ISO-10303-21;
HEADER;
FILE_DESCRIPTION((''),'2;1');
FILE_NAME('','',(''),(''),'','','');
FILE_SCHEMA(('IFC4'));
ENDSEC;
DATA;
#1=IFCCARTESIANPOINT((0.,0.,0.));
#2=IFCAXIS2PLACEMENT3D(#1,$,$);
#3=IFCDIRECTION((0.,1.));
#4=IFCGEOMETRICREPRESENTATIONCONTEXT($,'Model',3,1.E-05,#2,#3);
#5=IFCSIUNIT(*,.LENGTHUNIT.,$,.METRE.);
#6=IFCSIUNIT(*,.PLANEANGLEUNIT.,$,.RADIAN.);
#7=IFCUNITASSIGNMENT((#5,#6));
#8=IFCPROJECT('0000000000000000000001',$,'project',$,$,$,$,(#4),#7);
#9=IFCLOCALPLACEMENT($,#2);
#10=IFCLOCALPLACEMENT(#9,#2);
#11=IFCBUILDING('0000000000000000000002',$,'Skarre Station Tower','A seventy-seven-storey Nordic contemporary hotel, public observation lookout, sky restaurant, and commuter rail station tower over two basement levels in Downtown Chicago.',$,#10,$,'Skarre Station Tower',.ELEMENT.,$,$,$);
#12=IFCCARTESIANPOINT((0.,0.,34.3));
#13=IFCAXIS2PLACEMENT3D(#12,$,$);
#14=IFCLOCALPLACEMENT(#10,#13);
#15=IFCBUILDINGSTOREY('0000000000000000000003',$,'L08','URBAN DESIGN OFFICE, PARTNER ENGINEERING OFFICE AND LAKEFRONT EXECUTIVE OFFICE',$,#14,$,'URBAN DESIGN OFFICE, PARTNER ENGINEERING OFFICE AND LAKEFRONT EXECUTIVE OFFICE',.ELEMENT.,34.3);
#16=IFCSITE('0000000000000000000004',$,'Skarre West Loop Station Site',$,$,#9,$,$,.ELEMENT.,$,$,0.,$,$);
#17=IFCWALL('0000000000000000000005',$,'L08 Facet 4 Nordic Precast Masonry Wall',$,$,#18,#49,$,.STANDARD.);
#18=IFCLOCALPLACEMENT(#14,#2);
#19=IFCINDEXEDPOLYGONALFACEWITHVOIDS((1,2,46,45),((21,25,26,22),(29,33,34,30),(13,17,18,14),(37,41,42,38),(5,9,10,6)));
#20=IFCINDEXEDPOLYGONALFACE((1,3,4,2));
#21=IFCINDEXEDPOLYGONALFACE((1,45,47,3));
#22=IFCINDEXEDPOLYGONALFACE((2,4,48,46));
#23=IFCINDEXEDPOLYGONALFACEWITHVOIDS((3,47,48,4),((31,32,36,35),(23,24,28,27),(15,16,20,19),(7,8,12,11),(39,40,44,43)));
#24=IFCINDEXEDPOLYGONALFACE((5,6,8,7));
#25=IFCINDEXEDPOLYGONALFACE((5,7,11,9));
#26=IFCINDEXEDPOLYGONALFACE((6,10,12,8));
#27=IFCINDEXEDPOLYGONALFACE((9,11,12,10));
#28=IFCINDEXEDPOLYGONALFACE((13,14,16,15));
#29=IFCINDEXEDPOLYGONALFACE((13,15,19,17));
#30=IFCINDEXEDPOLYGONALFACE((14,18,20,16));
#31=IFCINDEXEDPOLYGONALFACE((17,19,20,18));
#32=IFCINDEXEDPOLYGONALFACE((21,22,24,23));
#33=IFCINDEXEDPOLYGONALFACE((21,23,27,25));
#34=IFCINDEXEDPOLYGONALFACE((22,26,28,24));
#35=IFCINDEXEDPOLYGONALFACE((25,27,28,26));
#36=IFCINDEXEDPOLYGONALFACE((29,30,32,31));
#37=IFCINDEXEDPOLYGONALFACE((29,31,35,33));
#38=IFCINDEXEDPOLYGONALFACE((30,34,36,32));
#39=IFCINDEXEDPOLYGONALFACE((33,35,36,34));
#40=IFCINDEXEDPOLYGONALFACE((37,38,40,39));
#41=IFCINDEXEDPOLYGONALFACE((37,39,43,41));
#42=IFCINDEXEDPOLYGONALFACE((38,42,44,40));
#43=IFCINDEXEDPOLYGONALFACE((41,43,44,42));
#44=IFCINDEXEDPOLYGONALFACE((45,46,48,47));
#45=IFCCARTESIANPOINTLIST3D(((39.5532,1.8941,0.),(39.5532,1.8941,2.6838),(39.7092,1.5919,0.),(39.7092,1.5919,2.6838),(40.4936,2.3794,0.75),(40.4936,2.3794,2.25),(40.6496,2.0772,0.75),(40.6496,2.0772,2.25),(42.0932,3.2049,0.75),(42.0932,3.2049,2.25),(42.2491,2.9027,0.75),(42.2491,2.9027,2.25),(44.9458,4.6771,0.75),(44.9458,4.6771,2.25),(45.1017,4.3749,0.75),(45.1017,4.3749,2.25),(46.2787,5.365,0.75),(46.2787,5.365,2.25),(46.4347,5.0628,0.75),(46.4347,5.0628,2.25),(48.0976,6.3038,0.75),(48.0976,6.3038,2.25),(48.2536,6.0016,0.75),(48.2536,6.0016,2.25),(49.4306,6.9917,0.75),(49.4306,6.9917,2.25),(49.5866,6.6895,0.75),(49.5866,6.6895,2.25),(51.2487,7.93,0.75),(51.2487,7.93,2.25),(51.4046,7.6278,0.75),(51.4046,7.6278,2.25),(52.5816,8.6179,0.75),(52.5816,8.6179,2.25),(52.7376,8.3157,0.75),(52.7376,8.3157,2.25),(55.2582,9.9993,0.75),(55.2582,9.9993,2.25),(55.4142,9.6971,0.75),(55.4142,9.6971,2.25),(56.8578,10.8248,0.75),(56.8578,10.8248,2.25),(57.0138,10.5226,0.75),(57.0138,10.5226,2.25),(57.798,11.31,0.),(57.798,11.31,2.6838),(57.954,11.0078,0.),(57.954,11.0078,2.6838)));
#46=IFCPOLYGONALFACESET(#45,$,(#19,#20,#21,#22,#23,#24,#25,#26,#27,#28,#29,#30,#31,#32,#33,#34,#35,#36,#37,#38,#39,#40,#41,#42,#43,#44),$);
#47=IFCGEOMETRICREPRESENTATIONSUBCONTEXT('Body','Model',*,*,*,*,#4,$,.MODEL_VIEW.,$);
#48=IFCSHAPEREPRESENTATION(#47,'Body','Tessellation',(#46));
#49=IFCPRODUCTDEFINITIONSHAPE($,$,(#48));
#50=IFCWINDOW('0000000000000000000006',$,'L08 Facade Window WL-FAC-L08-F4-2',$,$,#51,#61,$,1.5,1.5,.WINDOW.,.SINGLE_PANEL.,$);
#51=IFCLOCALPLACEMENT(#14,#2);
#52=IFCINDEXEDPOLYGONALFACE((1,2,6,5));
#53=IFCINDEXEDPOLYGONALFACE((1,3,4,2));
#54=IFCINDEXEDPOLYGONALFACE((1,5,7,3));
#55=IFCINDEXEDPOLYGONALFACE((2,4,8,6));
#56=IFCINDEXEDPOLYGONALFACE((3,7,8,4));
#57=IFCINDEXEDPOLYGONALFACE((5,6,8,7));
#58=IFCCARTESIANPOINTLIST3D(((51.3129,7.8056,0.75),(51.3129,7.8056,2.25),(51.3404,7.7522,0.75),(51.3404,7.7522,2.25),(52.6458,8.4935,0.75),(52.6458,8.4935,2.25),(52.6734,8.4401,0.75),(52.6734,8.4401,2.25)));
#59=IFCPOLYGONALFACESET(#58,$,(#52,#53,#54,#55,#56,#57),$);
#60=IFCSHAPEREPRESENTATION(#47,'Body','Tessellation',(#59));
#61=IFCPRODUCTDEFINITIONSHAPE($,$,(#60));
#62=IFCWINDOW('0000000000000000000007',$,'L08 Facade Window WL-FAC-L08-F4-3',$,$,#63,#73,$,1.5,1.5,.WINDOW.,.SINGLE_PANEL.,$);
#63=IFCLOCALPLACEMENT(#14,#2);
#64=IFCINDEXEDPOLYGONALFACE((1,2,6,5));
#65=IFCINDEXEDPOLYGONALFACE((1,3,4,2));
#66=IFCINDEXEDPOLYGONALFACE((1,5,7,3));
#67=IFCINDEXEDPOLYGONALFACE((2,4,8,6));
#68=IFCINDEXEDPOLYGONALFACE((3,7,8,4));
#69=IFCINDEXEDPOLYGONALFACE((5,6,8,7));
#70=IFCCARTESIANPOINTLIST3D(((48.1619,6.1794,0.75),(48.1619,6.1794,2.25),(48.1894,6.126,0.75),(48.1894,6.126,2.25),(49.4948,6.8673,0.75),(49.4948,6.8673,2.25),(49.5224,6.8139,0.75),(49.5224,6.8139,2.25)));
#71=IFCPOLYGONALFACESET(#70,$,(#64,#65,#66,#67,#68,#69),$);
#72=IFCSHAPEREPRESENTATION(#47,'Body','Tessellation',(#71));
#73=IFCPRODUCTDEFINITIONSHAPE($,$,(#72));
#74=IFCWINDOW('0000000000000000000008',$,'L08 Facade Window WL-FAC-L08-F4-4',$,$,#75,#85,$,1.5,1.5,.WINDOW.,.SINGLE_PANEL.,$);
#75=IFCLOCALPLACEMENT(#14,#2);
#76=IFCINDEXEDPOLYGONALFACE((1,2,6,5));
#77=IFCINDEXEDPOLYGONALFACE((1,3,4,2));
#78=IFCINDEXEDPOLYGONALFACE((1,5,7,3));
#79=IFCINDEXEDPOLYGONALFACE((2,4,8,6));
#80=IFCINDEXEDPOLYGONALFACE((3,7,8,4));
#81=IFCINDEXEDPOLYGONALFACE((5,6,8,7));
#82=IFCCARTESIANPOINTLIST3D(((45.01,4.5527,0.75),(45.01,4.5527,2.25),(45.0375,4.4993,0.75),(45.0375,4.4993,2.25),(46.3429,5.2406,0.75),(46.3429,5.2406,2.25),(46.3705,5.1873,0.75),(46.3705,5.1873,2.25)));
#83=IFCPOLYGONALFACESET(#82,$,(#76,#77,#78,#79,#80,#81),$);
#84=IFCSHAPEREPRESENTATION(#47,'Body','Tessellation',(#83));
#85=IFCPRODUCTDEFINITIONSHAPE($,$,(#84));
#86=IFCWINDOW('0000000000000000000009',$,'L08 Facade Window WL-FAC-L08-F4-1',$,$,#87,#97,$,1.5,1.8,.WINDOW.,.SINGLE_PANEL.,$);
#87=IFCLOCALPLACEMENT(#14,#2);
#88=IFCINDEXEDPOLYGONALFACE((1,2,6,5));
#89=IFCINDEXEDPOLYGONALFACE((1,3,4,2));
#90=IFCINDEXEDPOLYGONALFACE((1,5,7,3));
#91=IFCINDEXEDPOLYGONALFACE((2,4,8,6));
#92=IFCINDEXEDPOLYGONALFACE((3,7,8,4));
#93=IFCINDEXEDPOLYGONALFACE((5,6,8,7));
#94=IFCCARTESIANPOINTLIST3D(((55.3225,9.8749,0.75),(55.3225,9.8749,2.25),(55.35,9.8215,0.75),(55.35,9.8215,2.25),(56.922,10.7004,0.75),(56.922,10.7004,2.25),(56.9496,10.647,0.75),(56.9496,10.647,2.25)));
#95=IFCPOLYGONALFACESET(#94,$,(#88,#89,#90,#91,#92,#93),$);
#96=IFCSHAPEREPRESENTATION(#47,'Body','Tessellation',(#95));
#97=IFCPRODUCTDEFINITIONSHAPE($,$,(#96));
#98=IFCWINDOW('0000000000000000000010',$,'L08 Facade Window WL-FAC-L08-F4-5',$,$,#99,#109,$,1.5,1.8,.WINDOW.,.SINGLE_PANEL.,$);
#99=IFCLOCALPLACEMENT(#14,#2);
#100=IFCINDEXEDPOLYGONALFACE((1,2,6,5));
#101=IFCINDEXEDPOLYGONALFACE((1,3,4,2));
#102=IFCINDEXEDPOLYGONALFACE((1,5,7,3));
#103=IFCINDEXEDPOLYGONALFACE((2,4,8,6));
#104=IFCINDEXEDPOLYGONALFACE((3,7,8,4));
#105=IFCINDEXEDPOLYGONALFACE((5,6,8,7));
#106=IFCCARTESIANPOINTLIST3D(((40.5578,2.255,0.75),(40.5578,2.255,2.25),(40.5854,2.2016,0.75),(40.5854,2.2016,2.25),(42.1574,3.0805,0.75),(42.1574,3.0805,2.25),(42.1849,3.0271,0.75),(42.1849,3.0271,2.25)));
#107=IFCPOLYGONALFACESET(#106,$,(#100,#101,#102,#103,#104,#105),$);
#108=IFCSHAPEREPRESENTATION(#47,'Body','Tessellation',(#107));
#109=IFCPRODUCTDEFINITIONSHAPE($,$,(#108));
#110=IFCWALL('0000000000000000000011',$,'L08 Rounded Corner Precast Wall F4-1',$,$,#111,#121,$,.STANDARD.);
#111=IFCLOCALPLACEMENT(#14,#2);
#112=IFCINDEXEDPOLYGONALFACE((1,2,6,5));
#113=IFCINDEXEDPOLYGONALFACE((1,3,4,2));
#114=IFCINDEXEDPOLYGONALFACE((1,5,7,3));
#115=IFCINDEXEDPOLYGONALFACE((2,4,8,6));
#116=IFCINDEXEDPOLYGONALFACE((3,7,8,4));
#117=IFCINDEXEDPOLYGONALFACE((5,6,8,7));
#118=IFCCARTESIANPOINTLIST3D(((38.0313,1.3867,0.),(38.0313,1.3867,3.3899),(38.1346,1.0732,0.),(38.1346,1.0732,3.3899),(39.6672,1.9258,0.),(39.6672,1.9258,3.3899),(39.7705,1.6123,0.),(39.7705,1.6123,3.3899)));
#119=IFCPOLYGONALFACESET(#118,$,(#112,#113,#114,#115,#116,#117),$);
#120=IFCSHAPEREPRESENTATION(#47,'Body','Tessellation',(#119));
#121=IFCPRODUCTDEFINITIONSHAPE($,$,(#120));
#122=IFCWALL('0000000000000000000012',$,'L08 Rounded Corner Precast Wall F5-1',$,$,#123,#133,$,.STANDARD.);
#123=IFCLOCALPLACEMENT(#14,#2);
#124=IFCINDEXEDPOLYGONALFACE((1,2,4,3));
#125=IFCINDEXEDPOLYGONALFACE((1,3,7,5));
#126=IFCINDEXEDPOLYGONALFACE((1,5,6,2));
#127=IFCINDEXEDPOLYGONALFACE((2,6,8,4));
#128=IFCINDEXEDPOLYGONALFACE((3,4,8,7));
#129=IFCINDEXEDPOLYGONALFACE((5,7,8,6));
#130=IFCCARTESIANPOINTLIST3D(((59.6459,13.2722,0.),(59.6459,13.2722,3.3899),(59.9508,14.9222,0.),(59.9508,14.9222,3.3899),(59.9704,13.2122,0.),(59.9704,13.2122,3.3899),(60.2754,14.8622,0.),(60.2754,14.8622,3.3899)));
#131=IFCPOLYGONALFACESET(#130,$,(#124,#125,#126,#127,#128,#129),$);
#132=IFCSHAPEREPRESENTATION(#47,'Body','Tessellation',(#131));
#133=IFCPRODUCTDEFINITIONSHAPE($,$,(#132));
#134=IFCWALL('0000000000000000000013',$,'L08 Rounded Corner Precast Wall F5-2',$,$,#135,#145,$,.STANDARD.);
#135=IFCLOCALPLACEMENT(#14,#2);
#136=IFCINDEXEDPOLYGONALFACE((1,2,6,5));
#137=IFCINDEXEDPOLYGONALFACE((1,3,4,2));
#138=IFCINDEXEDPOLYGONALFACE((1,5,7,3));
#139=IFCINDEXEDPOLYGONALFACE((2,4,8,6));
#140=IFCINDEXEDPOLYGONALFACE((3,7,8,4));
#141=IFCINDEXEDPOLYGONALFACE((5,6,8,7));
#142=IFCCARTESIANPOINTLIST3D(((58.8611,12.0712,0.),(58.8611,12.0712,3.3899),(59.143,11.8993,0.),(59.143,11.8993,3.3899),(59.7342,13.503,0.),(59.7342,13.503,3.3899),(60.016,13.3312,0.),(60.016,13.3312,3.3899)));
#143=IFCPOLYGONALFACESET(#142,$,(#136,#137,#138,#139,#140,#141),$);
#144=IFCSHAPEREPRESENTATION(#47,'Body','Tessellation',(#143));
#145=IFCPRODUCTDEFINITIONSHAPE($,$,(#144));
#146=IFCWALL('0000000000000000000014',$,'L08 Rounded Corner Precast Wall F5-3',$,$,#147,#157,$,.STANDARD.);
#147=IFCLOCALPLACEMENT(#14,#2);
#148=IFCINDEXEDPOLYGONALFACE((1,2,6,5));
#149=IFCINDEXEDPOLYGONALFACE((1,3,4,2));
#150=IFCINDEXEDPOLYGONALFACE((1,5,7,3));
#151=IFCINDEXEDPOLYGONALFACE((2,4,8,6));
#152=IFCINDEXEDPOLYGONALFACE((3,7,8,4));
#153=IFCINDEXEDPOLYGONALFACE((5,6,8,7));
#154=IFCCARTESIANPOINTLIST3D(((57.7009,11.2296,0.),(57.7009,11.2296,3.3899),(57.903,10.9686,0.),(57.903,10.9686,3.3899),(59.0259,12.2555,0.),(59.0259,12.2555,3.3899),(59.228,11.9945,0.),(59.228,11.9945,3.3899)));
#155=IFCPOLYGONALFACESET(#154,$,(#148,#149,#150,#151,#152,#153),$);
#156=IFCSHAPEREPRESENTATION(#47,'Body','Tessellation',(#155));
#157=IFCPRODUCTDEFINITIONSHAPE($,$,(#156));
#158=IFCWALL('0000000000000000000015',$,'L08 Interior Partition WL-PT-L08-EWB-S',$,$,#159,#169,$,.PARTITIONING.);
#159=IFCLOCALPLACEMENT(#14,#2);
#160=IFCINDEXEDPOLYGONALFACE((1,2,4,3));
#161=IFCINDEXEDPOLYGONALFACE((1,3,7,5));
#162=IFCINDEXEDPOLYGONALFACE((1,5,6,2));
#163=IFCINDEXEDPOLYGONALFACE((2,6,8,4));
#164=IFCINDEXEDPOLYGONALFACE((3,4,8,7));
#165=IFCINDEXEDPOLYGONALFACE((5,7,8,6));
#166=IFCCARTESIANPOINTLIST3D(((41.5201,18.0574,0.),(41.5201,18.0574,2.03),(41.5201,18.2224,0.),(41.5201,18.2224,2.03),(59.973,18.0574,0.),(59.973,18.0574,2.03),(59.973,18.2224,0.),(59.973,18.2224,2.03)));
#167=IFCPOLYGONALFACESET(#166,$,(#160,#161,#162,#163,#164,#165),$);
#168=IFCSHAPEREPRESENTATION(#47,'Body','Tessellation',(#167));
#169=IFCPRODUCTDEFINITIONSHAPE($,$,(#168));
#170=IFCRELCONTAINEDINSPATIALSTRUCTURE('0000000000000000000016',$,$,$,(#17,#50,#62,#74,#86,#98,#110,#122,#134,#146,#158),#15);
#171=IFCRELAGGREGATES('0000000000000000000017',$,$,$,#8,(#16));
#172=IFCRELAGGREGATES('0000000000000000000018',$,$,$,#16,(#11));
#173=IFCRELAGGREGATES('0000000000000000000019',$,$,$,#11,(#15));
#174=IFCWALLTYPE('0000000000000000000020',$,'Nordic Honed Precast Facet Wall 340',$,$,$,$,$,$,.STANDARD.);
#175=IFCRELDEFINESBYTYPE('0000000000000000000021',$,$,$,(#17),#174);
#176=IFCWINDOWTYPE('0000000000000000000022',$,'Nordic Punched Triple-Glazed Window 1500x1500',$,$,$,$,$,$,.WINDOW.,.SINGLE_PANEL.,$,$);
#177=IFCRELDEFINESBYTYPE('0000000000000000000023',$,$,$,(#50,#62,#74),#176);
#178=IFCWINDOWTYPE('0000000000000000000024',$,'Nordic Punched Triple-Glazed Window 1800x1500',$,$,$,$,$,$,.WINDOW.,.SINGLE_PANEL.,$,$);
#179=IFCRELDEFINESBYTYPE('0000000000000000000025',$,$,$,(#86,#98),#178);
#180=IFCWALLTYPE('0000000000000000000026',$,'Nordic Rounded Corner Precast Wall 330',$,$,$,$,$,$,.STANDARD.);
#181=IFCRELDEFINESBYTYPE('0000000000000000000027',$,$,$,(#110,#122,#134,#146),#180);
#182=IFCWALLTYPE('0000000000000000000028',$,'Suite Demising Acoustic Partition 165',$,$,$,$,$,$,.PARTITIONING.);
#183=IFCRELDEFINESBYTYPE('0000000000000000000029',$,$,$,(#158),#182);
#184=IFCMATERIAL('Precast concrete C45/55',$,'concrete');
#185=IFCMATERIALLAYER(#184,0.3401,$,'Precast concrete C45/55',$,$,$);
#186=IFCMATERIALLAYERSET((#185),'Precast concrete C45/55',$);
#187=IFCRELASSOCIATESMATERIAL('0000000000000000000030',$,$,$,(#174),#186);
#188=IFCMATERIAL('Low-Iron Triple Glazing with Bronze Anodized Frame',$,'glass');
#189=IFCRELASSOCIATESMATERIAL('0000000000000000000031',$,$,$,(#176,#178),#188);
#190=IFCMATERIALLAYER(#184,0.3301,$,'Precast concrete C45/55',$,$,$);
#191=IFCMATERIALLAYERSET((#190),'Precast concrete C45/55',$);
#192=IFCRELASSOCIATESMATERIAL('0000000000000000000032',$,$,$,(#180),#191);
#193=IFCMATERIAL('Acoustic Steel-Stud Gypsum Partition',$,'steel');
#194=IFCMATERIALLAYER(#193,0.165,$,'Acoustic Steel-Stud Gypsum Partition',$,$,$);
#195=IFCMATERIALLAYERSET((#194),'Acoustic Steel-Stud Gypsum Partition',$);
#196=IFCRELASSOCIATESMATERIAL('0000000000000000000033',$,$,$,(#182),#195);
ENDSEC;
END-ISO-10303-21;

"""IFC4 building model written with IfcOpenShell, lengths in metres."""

from ifc_helpers import new_model, si_unit, direction, frame, frame_2d, origin, place, context, subcontext, project, spatial, rectangle, extrude, material, layer, layer_set, type_object, element, fill, save


model = new_model("IFC4")

# Units and contexts
model_context = context("Model", 3, precision=1e-05, world=origin(), true_north=direction((0.0, 1.0)))
body_context = subcontext(model_context, "Body", "Model", "MODEL_VIEW")
ifc_project = project(units=[si_unit("LENGTHUNIT", "METRE"), si_unit("PLANEANGLEUNIT", "RADIAN")], contexts=[model_context])

# Site, building, storey
site_placement = place(None, origin())
site = spatial("IfcSite", under=ifc_project, at=site_placement, Name="Skarre West Loop Station Site", CompositionType="ELEMENT", RefElevation=0.0)
building_placement = place(site_placement, origin())
building = spatial("IfcBuilding", under=site, at=building_placement, Name="Skarre Station Tower", Description="A seventy-seven-storey Nordic contemporary hotel, public observation lookout, sky restaurant, and commuter rail station tower over two basement levels in Downtown Chicago.", LongName="Skarre Station Tower", CompositionType="ELEMENT")
storey_placement = place(building_placement, frame((0.0, 0.0, 34.3)))
storey = spatial("IfcBuildingStorey", under=building, at=storey_placement, Name="L08", Description="URBAN DESIGN OFFICE, PARTNER ENGINEERING OFFICE AND LAKEFRONT EXECUTIVE OFFICE", LongName="URBAN DESIGN OFFICE, PARTNER ENGINEERING OFFICE AND LAKEFRONT EXECUTIVE OFFICE", CompositionType="ELEMENT", Elevation=34.3)

# Shared definitions
ifc_material_1 = material(Name="Acoustic Steel-Stud Gypsum Partition", Category="steel")

# Wall, openings, windows
ifc_material_2 = material(Name="Precast concrete C45/55", Category="concrete")
ifc_layer_1 = layer(ifc_material_2, 0.3401, Name="Precast concrete C45/55")
ifc_layer_set_1 = layer_set([ifc_layer_1], Name="Precast concrete C45/55")
wall_type_1 = type_object("IfcWallType", Name="Nordic Honed Precast Facet Wall 340", PredefinedType="STANDARD", material=ifc_layer_set_1)
wall_1_placement = place(storey_placement, frame((57.876, 11.1589, 0.0), z_axis=(0.0, 0.0, 1.0), x_axis=(-0.888634, -0.458616, 0.0)))
wall_1 = element("IfcWall", 1, at=wall_1_placement, inside=storey, type_object=wall_type_1, Name="L08 Facet 4 Nordic Precast Masonry Wall", PredefinedType="STANDARD", context=body_context, shape_type="SweptSolid", body=[
    extrude(rectangle(XDim=20.5312, YDim=0.3401, at=frame_2d((10.2656, 0.0))), origin(), (0.0, 0.0, 1.0), 2.6838),
])
opening_1_placement = place(wall_1_placement, frame((1.0581, 0.0, 0.75)))
opening_1 = element("IfcOpeningElement", 2, at=opening_1_placement, cuts=wall_1, PredefinedType="OPENING", context=body_context, shape_type="SweptSolid", body=[
    extrude(rectangle(XDim=1.8, YDim=1.5, at=frame_2d((0.8999, 0.75))), frame((0.0, 0.1799, 0.0), z_axis=(0.0, -1.0, 0.0), x_axis=(1.0, 0.0, 0.0)), (0.0, 0.0, 1.0), 0.3601),
])
opening_2_placement = place(wall_1_placement, frame((5.8701, 0.0, 0.75)))
opening_2 = element("IfcOpeningElement", 3, at=opening_2_placement, cuts=wall_1, PredefinedType="OPENING", context=body_context, shape_type="SweptSolid", body=[
    extrude(rectangle(XDim=1.5, YDim=1.5, at=frame_2d((0.75, 0.75))), frame((0.0, 0.1799, 0.0), z_axis=(0.0, -1.0, 0.0), x_axis=(1.0, 0.0, 0.0)), (0.0, 0.0, 1.0), 0.3601),
])
opening_3_placement = place(wall_1_placement, frame((9.416, 0.0, 0.75)))
opening_3 = element("IfcOpeningElement", 4, at=opening_3_placement, cuts=wall_1, PredefinedType="OPENING", context=body_context, shape_type="SweptSolid", body=[
    extrude(rectangle(XDim=1.5, YDim=1.5, at=frame_2d((0.75, 0.75))), frame((0.0, 0.1799, 0.0), z_axis=(0.0, -1.0, 0.0), x_axis=(1.0, 0.0, 0.0)), (0.0, 0.0, 1.0), 0.3601),
])
opening_4_placement = place(wall_1_placement, frame((12.9629, 0.0, 0.75)))
opening_4 = element("IfcOpeningElement", 5, at=opening_4_placement, cuts=wall_1, PredefinedType="OPENING", context=body_context, shape_type="SweptSolid", body=[
    extrude(rectangle(XDim=1.5, YDim=1.5, at=frame_2d((0.75, 0.75))), frame((0.0, 0.1799, 0.0), z_axis=(0.0, -1.0, 0.0), x_axis=(1.0, 0.0, 0.0)), (0.0, 0.0, 1.0), 0.3601),
])
opening_5_placement = place(wall_1_placement, frame((17.6731, 0.0, 0.75)))
opening_5 = element("IfcOpeningElement", 6, at=opening_5_placement, cuts=wall_1, PredefinedType="OPENING", context=body_context, shape_type="SweptSolid", body=[
    extrude(rectangle(XDim=1.8, YDim=1.5, at=frame_2d((0.8999, 0.75))), frame((0.0, 0.1799, 0.0), z_axis=(0.0, -1.0, 0.0), x_axis=(1.0, 0.0, 0.0)), (0.0, 0.0, 1.0), 0.3601),
])
ifc_material_3 = material(Name="Low-Iron Triple Glazing with Bronze Anodized Frame", Category="glass")
window_type_1 = type_object("IfcWindowType", Name="Nordic Punched Triple-Glazed Window 1500x1500", PartitioningType="SINGLE_PANEL", PredefinedType="WINDOW", material=ifc_material_3)
window_1_placement = place(opening_2_placement, origin())
window_1 = element("IfcWindow", 7, at=window_1_placement, inside=storey, type_object=window_type_1, Name="L08 Facade Window WL-FAC-L08-F4-2", OverallHeight=1.5, OverallWidth=1.5, PartitioningType="SINGLE_PANEL", PredefinedType="WINDOW", context=body_context, shape_type="SweptSolid", body=[
    extrude(rectangle(XDim=1.5, YDim=1.5, at=frame_2d((0.75, 0.75))), frame((0.0, 0.03, 0.0), z_axis=(0.0, -1.0, 0.0), x_axis=(1.0, 0.0, 0.0)), (0.0, 0.0, 1.0), 0.0601),
])
fill(opening_2, window_1)
window_2_placement = place(opening_3_placement, origin())
window_2 = element("IfcWindow", 8, at=window_2_placement, inside=storey, type_object=window_type_1, Name="L08 Facade Window WL-FAC-L08-F4-3", OverallHeight=1.5, OverallWidth=1.5, PartitioningType="SINGLE_PANEL", PredefinedType="WINDOW", context=body_context, shape_type="SweptSolid", body=[
    extrude(rectangle(XDim=1.5, YDim=1.5, at=frame_2d((0.75, 0.75))), frame((0.0, 0.03, 0.0), z_axis=(0.0, -1.0, 0.0), x_axis=(1.0, 0.0, 0.0)), (0.0, 0.0, 1.0), 0.0601),
])
fill(opening_3, window_2)
window_3_placement = place(opening_4_placement, origin())
window_3 = element("IfcWindow", 9, at=window_3_placement, inside=storey, type_object=window_type_1, Name="L08 Facade Window WL-FAC-L08-F4-4", OverallHeight=1.5, OverallWidth=1.5, PartitioningType="SINGLE_PANEL", PredefinedType="WINDOW", context=body_context, shape_type="SweptSolid", body=[
    extrude(rectangle(XDim=1.5, YDim=1.5, at=frame_2d((0.75, 0.75))), frame((0.0, 0.03, 0.0), z_axis=(0.0, -1.0, 0.0), x_axis=(1.0, 0.0, 0.0)), (0.0, 0.0, 1.0), 0.0601),
])
fill(opening_4, window_3)
window_type_2 = type_object("IfcWindowType", Name="Nordic Punched Triple-Glazed Window 1800x1500", PartitioningType="SINGLE_PANEL", PredefinedType="WINDOW", material=ifc_material_3)
window_4_placement = place(opening_1_placement, origin())
window_4 = element("IfcWindow", 10, at=window_4_placement, inside=storey, type_object=window_type_2, Name="L08 Facade Window WL-FAC-L08-F4-1", OverallHeight=1.5, OverallWidth=1.8, PartitioningType="SINGLE_PANEL", PredefinedType="WINDOW", context=body_context, shape_type="SweptSolid", body=[
    extrude(rectangle(XDim=1.8, YDim=1.5, at=frame_2d((0.8999, 0.75))), frame((0.0, 0.03, 0.0), z_axis=(0.0, -1.0, 0.0), x_axis=(1.0, 0.0, 0.0)), (0.0, 0.0, 1.0), 0.0601),
])
fill(opening_1, window_4)
window_5_placement = place(opening_5_placement, origin())
window_5 = element("IfcWindow", 11, at=window_5_placement, inside=storey, type_object=window_type_2, Name="L08 Facade Window WL-FAC-L08-F4-5", OverallHeight=1.5, OverallWidth=1.8, PartitioningType="SINGLE_PANEL", PredefinedType="WINDOW", context=body_context, shape_type="SweptSolid", body=[
    extrude(rectangle(XDim=1.8, YDim=1.5, at=frame_2d((0.8999, 0.75))), frame((0.0, 0.03, 0.0), z_axis=(0.0, -1.0, 0.0), x_axis=(1.0, 0.0, 0.0)), (0.0, 0.0, 1.0), 0.0601),
])
fill(opening_5, window_5)

# Walls
ifc_layer_2 = layer(ifc_material_2, 0.3301, Name="Precast concrete C45/55")
ifc_layer_set_2 = layer_set([ifc_layer_2], Name="Precast concrete C45/55")
wall_type_2 = type_object("IfcWallType", Name="Nordic Rounded Corner Precast Wall 330", PredefinedType="STANDARD", material=ifc_layer_set_2)
wall_2_placement = place(storey_placement, frame((39.719, 1.769, 0.0), z_axis=(0.0, 0.0, 1.0), x_axis=(-0.949769, -0.312952, 0.0)))
element("IfcWall", 12, at=wall_2_placement, inside=storey, type_object=wall_type_2, Name="L08 Rounded Corner Precast Wall F4-1", PredefinedType="STANDARD", context=body_context, shape_type="SweptSolid", body=[
    extrude(rectangle(XDim=1.7224, YDim=0.3301, at=frame_2d((0.8613, 0.0))), origin(), (0.0, 0.0, 1.0), 3.3899),
])
wall_3_placement = place(storey_placement, frame((60.113, 14.8921, 0.0), z_axis=(0.0, 0.0, 1.0), x_axis=(-0.181714, -0.983351, 0.0)))
element("IfcWall", 13, at=wall_3_placement, inside=storey, type_object=wall_type_2, Name="L08 Rounded Corner Precast Wall F5-1", PredefinedType="STANDARD", context=body_context, shape_type="SweptSolid", body=[
    extrude(rectangle(XDim=1.678, YDim=0.3301, at=frame_2d((0.8389, 0.0))), origin(), (0.0, 0.0, 1.0), 3.3899),
])
wall_4_placement = place(storey_placement, frame((59.875, 13.417, 0.0), z_axis=(0.0, 0.0, 1.0), x_axis=(-0.520584, -0.85381, 0.0)))
element("IfcWall", 14, at=wall_4_placement, inside=storey, type_object=wall_type_2, Name="L08 Rounded Corner Precast Wall F5-2", PredefinedType="STANDARD", context=body_context, shape_type="SweptSolid", body=[
    extrude(rectangle(XDim=1.677, YDim=0.3301, at=frame_2d((0.8384, 0.0))), origin(), (0.0, 0.0, 1.0), 3.3899),
])
wall_5_placement = place(storey_placement, frame((59.127, 12.125, 0.0), z_axis=(0.0, 0.0, 1.0), x_axis=(-0.790692, -0.612214, 0.0)))
element("IfcWall", 15, at=wall_5_placement, inside=storey, type_object=wall_type_2, Name="L08 Rounded Corner Precast Wall F5-3", PredefinedType="STANDARD", context=body_context, shape_type="SweptSolid", body=[
    extrude(rectangle(XDim=1.6758, YDim=0.3301, at=frame_2d((0.8379, 0.0))), origin(), (0.0, 0.0, 1.0), 3.3899),
])
ifc_layer_3 = layer(ifc_material_1, 0.165, Name="Acoustic Steel-Stud Gypsum Partition")
ifc_layer_set_3 = layer_set([ifc_layer_3], Name="Acoustic Steel-Stud Gypsum Partition")
wall_type_3 = type_object("IfcWallType", Name="Suite Demising Acoustic Partition 165", PredefinedType="PARTITIONING", material=ifc_layer_set_3)
wall_6_placement = place(storey_placement, frame((41.52, 18.1399, 0.0), z_axis=(0.0, 0.0, 1.0), x_axis=(1.0, 0.0, 0.0)))
element("IfcWall", 16, at=wall_6_placement, inside=storey, type_object=wall_type_3, Name="L08 Interior Partition WL-PT-L08-EWB-S", PredefinedType="PARTITIONING", context=body_context, shape_type="SweptSolid", body=[
    extrude(rectangle(XDim=18.4529, YDim=0.165, at=frame_2d((9.2266, 0.0))), origin(), (0.0, 0.0, 1.0), 2.03),
])

save(model, "model.ifc")
